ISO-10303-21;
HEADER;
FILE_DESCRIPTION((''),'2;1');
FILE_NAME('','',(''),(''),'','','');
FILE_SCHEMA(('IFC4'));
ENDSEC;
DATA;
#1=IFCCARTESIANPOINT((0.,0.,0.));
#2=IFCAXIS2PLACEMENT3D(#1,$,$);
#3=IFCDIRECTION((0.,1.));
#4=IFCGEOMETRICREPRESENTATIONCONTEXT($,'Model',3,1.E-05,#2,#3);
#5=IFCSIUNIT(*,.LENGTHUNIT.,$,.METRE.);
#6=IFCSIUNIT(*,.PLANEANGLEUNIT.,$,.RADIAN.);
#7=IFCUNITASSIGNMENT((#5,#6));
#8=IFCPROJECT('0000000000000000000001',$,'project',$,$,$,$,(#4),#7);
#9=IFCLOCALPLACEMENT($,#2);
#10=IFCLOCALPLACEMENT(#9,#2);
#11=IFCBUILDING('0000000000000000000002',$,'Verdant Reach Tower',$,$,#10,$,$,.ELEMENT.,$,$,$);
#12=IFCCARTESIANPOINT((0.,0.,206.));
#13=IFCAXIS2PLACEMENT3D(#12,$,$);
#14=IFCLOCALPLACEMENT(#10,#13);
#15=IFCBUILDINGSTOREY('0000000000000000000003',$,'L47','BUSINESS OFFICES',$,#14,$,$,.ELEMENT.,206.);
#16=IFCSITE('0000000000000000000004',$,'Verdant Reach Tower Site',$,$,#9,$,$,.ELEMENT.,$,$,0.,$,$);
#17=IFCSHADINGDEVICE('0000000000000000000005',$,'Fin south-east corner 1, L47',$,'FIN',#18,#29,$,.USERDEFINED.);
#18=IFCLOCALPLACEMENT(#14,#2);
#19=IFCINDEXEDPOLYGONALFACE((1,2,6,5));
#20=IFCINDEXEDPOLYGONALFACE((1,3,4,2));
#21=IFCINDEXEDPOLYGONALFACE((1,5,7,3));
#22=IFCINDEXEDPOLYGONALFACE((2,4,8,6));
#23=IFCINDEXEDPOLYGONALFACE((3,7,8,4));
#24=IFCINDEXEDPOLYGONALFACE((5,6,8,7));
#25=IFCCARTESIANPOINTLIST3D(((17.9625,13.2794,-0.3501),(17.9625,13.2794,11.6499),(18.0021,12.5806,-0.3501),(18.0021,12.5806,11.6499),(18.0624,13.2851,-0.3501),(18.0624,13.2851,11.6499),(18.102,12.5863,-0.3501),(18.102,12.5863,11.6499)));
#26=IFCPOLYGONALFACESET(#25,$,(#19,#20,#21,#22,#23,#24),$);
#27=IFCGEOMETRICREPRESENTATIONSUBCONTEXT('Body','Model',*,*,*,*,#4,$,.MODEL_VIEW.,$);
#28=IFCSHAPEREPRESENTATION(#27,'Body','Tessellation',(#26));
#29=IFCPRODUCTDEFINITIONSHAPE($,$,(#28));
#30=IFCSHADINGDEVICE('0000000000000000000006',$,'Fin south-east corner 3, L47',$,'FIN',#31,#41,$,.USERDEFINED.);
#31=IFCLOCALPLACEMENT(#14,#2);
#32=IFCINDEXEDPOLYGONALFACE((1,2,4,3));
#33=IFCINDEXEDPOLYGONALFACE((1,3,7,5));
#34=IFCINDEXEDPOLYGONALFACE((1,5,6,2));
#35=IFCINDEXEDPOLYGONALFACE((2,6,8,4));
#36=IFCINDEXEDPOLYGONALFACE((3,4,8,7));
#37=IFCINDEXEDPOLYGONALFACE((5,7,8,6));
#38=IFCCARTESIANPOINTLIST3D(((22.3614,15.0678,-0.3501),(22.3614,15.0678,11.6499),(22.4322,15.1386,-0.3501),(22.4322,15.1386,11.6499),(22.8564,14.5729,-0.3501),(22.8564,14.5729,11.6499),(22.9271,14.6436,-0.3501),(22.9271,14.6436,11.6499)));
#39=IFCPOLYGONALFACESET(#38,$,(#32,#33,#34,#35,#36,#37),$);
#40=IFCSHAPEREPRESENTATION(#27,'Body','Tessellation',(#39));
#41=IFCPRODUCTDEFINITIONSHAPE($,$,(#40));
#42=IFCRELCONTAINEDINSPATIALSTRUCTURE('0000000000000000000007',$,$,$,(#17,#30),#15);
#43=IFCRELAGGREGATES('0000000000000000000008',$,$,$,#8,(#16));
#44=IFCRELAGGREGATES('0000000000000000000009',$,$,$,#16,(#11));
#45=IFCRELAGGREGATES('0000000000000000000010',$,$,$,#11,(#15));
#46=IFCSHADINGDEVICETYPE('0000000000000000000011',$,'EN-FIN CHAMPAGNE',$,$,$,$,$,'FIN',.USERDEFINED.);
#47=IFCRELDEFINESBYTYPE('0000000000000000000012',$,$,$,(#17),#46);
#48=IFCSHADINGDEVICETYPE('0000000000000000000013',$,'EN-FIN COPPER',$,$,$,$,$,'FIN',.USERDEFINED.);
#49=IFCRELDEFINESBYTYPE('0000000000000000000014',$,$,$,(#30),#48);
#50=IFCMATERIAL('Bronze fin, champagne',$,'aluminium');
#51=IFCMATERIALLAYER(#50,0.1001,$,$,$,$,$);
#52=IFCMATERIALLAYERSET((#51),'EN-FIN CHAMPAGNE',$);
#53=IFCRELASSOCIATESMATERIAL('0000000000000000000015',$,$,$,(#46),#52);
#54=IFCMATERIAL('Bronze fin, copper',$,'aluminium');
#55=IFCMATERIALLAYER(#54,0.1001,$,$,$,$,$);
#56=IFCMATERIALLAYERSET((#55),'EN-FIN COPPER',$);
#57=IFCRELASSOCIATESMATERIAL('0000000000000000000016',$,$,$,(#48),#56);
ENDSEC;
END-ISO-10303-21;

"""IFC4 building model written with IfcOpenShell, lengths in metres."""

from ifc_helpers import new_model, si_unit, direction, frame, origin, origin_2d, place, context, subcontext, project, spatial, rectangle, extrude, material, layer, layer_set, type_object, element, save


model = new_model("IFC4")

# Units and contexts
model_context = context("Model", 3, precision=1e-05, world=origin(), true_north=direction((0.0, 1.0)))
body_context = subcontext(model_context, "Body", "Model", "MODEL_VIEW")
ifc_project = project(units=[si_unit("LENGTHUNIT", "METRE"), si_unit("PLANEANGLEUNIT", "RADIAN")], contexts=[model_context])

# Site, building, storey
site_placement = place(None, origin())
site = spatial("IfcSite", under=ifc_project, at=site_placement, Name="Verdant Reach Tower Site", CompositionType="ELEMENT", RefElevation=0.0)
building_placement = place(site_placement, origin())
building = spatial("IfcBuilding", under=site, at=building_placement, Name="Verdant Reach Tower", CompositionType="ELEMENT")
storey_placement = place(building_placement, frame((0.0, 0.0, 206.0)))
storey = spatial("IfcBuildingStorey", under=building, at=storey_placement, Name="L47", Description="BUSINESS OFFICES", CompositionType="ELEMENT", Elevation=206.0)

# Shading devices
ifc_material_1 = material(Name="Bronze fin, champagne", Category="aluminium")
ifc_layer_1 = layer(ifc_material_1, 0.1001)
ifc_layer_set_1 = layer_set([ifc_layer_1], Name="EN-FIN CHAMPAGNE")
shading_device_type_1 = type_object("IfcShadingDeviceType", Name="EN-FIN CHAMPAGNE", ElementType="FIN", PredefinedType="USERDEFINED", material=ifc_layer_set_1)
shading_device_1_placement = place(storey_placement, frame((18.0322, 12.9329, -0.3501), z_axis=(0.0, 0.0, 1.0), x_axis=(0.998399, 0.056569, 0.0)))
element("IfcShadingDevice", 1, at=shading_device_1_placement, inside=storey, type_object=shading_device_type_1, Name="Fin south-east corner 1, L47", ObjectType="FIN", PredefinedType="USERDEFINED", context=body_context, shape_type="SweptSolid", body=[
    extrude(rectangle(XDim=0.1001, YDim=0.7, at=origin_2d()), origin(), (0.0, 0.0, 1.0), 12.0),
])
ifc_material_2 = material(Name="Bronze fin, copper", Category="aluminium")
ifc_layer_2 = layer(ifc_material_2, 0.1001)
ifc_layer_set_2 = layer_set([ifc_layer_2], Name="EN-FIN COPPER")
shading_device_type_2 = type_object("IfcShadingDeviceType", Name="EN-FIN COPPER", ElementType="FIN", PredefinedType="USERDEFINED", material=ifc_layer_set_2)
shading_device_2_placement = place(storey_placement, frame((22.6443, 14.8557, -0.3501), z_axis=(0.0, 0.0, 1.0), x_axis=(0.707107, 0.707107, 0.0)))
element("IfcShadingDevice", 2, at=shading_device_2_placement, inside=storey, type_object=shading_device_type_2, Name="Fin south-east corner 3, L47", ObjectType="FIN", PredefinedType="USERDEFINED", context=body_context, shape_type="SweptSolid", body=[
    extrude(rectangle(XDim=0.1001, YDim=0.7, at=origin_2d()), origin(), (0.0, 0.0, 1.0), 12.0),
])

save(model, "model.ifc")
